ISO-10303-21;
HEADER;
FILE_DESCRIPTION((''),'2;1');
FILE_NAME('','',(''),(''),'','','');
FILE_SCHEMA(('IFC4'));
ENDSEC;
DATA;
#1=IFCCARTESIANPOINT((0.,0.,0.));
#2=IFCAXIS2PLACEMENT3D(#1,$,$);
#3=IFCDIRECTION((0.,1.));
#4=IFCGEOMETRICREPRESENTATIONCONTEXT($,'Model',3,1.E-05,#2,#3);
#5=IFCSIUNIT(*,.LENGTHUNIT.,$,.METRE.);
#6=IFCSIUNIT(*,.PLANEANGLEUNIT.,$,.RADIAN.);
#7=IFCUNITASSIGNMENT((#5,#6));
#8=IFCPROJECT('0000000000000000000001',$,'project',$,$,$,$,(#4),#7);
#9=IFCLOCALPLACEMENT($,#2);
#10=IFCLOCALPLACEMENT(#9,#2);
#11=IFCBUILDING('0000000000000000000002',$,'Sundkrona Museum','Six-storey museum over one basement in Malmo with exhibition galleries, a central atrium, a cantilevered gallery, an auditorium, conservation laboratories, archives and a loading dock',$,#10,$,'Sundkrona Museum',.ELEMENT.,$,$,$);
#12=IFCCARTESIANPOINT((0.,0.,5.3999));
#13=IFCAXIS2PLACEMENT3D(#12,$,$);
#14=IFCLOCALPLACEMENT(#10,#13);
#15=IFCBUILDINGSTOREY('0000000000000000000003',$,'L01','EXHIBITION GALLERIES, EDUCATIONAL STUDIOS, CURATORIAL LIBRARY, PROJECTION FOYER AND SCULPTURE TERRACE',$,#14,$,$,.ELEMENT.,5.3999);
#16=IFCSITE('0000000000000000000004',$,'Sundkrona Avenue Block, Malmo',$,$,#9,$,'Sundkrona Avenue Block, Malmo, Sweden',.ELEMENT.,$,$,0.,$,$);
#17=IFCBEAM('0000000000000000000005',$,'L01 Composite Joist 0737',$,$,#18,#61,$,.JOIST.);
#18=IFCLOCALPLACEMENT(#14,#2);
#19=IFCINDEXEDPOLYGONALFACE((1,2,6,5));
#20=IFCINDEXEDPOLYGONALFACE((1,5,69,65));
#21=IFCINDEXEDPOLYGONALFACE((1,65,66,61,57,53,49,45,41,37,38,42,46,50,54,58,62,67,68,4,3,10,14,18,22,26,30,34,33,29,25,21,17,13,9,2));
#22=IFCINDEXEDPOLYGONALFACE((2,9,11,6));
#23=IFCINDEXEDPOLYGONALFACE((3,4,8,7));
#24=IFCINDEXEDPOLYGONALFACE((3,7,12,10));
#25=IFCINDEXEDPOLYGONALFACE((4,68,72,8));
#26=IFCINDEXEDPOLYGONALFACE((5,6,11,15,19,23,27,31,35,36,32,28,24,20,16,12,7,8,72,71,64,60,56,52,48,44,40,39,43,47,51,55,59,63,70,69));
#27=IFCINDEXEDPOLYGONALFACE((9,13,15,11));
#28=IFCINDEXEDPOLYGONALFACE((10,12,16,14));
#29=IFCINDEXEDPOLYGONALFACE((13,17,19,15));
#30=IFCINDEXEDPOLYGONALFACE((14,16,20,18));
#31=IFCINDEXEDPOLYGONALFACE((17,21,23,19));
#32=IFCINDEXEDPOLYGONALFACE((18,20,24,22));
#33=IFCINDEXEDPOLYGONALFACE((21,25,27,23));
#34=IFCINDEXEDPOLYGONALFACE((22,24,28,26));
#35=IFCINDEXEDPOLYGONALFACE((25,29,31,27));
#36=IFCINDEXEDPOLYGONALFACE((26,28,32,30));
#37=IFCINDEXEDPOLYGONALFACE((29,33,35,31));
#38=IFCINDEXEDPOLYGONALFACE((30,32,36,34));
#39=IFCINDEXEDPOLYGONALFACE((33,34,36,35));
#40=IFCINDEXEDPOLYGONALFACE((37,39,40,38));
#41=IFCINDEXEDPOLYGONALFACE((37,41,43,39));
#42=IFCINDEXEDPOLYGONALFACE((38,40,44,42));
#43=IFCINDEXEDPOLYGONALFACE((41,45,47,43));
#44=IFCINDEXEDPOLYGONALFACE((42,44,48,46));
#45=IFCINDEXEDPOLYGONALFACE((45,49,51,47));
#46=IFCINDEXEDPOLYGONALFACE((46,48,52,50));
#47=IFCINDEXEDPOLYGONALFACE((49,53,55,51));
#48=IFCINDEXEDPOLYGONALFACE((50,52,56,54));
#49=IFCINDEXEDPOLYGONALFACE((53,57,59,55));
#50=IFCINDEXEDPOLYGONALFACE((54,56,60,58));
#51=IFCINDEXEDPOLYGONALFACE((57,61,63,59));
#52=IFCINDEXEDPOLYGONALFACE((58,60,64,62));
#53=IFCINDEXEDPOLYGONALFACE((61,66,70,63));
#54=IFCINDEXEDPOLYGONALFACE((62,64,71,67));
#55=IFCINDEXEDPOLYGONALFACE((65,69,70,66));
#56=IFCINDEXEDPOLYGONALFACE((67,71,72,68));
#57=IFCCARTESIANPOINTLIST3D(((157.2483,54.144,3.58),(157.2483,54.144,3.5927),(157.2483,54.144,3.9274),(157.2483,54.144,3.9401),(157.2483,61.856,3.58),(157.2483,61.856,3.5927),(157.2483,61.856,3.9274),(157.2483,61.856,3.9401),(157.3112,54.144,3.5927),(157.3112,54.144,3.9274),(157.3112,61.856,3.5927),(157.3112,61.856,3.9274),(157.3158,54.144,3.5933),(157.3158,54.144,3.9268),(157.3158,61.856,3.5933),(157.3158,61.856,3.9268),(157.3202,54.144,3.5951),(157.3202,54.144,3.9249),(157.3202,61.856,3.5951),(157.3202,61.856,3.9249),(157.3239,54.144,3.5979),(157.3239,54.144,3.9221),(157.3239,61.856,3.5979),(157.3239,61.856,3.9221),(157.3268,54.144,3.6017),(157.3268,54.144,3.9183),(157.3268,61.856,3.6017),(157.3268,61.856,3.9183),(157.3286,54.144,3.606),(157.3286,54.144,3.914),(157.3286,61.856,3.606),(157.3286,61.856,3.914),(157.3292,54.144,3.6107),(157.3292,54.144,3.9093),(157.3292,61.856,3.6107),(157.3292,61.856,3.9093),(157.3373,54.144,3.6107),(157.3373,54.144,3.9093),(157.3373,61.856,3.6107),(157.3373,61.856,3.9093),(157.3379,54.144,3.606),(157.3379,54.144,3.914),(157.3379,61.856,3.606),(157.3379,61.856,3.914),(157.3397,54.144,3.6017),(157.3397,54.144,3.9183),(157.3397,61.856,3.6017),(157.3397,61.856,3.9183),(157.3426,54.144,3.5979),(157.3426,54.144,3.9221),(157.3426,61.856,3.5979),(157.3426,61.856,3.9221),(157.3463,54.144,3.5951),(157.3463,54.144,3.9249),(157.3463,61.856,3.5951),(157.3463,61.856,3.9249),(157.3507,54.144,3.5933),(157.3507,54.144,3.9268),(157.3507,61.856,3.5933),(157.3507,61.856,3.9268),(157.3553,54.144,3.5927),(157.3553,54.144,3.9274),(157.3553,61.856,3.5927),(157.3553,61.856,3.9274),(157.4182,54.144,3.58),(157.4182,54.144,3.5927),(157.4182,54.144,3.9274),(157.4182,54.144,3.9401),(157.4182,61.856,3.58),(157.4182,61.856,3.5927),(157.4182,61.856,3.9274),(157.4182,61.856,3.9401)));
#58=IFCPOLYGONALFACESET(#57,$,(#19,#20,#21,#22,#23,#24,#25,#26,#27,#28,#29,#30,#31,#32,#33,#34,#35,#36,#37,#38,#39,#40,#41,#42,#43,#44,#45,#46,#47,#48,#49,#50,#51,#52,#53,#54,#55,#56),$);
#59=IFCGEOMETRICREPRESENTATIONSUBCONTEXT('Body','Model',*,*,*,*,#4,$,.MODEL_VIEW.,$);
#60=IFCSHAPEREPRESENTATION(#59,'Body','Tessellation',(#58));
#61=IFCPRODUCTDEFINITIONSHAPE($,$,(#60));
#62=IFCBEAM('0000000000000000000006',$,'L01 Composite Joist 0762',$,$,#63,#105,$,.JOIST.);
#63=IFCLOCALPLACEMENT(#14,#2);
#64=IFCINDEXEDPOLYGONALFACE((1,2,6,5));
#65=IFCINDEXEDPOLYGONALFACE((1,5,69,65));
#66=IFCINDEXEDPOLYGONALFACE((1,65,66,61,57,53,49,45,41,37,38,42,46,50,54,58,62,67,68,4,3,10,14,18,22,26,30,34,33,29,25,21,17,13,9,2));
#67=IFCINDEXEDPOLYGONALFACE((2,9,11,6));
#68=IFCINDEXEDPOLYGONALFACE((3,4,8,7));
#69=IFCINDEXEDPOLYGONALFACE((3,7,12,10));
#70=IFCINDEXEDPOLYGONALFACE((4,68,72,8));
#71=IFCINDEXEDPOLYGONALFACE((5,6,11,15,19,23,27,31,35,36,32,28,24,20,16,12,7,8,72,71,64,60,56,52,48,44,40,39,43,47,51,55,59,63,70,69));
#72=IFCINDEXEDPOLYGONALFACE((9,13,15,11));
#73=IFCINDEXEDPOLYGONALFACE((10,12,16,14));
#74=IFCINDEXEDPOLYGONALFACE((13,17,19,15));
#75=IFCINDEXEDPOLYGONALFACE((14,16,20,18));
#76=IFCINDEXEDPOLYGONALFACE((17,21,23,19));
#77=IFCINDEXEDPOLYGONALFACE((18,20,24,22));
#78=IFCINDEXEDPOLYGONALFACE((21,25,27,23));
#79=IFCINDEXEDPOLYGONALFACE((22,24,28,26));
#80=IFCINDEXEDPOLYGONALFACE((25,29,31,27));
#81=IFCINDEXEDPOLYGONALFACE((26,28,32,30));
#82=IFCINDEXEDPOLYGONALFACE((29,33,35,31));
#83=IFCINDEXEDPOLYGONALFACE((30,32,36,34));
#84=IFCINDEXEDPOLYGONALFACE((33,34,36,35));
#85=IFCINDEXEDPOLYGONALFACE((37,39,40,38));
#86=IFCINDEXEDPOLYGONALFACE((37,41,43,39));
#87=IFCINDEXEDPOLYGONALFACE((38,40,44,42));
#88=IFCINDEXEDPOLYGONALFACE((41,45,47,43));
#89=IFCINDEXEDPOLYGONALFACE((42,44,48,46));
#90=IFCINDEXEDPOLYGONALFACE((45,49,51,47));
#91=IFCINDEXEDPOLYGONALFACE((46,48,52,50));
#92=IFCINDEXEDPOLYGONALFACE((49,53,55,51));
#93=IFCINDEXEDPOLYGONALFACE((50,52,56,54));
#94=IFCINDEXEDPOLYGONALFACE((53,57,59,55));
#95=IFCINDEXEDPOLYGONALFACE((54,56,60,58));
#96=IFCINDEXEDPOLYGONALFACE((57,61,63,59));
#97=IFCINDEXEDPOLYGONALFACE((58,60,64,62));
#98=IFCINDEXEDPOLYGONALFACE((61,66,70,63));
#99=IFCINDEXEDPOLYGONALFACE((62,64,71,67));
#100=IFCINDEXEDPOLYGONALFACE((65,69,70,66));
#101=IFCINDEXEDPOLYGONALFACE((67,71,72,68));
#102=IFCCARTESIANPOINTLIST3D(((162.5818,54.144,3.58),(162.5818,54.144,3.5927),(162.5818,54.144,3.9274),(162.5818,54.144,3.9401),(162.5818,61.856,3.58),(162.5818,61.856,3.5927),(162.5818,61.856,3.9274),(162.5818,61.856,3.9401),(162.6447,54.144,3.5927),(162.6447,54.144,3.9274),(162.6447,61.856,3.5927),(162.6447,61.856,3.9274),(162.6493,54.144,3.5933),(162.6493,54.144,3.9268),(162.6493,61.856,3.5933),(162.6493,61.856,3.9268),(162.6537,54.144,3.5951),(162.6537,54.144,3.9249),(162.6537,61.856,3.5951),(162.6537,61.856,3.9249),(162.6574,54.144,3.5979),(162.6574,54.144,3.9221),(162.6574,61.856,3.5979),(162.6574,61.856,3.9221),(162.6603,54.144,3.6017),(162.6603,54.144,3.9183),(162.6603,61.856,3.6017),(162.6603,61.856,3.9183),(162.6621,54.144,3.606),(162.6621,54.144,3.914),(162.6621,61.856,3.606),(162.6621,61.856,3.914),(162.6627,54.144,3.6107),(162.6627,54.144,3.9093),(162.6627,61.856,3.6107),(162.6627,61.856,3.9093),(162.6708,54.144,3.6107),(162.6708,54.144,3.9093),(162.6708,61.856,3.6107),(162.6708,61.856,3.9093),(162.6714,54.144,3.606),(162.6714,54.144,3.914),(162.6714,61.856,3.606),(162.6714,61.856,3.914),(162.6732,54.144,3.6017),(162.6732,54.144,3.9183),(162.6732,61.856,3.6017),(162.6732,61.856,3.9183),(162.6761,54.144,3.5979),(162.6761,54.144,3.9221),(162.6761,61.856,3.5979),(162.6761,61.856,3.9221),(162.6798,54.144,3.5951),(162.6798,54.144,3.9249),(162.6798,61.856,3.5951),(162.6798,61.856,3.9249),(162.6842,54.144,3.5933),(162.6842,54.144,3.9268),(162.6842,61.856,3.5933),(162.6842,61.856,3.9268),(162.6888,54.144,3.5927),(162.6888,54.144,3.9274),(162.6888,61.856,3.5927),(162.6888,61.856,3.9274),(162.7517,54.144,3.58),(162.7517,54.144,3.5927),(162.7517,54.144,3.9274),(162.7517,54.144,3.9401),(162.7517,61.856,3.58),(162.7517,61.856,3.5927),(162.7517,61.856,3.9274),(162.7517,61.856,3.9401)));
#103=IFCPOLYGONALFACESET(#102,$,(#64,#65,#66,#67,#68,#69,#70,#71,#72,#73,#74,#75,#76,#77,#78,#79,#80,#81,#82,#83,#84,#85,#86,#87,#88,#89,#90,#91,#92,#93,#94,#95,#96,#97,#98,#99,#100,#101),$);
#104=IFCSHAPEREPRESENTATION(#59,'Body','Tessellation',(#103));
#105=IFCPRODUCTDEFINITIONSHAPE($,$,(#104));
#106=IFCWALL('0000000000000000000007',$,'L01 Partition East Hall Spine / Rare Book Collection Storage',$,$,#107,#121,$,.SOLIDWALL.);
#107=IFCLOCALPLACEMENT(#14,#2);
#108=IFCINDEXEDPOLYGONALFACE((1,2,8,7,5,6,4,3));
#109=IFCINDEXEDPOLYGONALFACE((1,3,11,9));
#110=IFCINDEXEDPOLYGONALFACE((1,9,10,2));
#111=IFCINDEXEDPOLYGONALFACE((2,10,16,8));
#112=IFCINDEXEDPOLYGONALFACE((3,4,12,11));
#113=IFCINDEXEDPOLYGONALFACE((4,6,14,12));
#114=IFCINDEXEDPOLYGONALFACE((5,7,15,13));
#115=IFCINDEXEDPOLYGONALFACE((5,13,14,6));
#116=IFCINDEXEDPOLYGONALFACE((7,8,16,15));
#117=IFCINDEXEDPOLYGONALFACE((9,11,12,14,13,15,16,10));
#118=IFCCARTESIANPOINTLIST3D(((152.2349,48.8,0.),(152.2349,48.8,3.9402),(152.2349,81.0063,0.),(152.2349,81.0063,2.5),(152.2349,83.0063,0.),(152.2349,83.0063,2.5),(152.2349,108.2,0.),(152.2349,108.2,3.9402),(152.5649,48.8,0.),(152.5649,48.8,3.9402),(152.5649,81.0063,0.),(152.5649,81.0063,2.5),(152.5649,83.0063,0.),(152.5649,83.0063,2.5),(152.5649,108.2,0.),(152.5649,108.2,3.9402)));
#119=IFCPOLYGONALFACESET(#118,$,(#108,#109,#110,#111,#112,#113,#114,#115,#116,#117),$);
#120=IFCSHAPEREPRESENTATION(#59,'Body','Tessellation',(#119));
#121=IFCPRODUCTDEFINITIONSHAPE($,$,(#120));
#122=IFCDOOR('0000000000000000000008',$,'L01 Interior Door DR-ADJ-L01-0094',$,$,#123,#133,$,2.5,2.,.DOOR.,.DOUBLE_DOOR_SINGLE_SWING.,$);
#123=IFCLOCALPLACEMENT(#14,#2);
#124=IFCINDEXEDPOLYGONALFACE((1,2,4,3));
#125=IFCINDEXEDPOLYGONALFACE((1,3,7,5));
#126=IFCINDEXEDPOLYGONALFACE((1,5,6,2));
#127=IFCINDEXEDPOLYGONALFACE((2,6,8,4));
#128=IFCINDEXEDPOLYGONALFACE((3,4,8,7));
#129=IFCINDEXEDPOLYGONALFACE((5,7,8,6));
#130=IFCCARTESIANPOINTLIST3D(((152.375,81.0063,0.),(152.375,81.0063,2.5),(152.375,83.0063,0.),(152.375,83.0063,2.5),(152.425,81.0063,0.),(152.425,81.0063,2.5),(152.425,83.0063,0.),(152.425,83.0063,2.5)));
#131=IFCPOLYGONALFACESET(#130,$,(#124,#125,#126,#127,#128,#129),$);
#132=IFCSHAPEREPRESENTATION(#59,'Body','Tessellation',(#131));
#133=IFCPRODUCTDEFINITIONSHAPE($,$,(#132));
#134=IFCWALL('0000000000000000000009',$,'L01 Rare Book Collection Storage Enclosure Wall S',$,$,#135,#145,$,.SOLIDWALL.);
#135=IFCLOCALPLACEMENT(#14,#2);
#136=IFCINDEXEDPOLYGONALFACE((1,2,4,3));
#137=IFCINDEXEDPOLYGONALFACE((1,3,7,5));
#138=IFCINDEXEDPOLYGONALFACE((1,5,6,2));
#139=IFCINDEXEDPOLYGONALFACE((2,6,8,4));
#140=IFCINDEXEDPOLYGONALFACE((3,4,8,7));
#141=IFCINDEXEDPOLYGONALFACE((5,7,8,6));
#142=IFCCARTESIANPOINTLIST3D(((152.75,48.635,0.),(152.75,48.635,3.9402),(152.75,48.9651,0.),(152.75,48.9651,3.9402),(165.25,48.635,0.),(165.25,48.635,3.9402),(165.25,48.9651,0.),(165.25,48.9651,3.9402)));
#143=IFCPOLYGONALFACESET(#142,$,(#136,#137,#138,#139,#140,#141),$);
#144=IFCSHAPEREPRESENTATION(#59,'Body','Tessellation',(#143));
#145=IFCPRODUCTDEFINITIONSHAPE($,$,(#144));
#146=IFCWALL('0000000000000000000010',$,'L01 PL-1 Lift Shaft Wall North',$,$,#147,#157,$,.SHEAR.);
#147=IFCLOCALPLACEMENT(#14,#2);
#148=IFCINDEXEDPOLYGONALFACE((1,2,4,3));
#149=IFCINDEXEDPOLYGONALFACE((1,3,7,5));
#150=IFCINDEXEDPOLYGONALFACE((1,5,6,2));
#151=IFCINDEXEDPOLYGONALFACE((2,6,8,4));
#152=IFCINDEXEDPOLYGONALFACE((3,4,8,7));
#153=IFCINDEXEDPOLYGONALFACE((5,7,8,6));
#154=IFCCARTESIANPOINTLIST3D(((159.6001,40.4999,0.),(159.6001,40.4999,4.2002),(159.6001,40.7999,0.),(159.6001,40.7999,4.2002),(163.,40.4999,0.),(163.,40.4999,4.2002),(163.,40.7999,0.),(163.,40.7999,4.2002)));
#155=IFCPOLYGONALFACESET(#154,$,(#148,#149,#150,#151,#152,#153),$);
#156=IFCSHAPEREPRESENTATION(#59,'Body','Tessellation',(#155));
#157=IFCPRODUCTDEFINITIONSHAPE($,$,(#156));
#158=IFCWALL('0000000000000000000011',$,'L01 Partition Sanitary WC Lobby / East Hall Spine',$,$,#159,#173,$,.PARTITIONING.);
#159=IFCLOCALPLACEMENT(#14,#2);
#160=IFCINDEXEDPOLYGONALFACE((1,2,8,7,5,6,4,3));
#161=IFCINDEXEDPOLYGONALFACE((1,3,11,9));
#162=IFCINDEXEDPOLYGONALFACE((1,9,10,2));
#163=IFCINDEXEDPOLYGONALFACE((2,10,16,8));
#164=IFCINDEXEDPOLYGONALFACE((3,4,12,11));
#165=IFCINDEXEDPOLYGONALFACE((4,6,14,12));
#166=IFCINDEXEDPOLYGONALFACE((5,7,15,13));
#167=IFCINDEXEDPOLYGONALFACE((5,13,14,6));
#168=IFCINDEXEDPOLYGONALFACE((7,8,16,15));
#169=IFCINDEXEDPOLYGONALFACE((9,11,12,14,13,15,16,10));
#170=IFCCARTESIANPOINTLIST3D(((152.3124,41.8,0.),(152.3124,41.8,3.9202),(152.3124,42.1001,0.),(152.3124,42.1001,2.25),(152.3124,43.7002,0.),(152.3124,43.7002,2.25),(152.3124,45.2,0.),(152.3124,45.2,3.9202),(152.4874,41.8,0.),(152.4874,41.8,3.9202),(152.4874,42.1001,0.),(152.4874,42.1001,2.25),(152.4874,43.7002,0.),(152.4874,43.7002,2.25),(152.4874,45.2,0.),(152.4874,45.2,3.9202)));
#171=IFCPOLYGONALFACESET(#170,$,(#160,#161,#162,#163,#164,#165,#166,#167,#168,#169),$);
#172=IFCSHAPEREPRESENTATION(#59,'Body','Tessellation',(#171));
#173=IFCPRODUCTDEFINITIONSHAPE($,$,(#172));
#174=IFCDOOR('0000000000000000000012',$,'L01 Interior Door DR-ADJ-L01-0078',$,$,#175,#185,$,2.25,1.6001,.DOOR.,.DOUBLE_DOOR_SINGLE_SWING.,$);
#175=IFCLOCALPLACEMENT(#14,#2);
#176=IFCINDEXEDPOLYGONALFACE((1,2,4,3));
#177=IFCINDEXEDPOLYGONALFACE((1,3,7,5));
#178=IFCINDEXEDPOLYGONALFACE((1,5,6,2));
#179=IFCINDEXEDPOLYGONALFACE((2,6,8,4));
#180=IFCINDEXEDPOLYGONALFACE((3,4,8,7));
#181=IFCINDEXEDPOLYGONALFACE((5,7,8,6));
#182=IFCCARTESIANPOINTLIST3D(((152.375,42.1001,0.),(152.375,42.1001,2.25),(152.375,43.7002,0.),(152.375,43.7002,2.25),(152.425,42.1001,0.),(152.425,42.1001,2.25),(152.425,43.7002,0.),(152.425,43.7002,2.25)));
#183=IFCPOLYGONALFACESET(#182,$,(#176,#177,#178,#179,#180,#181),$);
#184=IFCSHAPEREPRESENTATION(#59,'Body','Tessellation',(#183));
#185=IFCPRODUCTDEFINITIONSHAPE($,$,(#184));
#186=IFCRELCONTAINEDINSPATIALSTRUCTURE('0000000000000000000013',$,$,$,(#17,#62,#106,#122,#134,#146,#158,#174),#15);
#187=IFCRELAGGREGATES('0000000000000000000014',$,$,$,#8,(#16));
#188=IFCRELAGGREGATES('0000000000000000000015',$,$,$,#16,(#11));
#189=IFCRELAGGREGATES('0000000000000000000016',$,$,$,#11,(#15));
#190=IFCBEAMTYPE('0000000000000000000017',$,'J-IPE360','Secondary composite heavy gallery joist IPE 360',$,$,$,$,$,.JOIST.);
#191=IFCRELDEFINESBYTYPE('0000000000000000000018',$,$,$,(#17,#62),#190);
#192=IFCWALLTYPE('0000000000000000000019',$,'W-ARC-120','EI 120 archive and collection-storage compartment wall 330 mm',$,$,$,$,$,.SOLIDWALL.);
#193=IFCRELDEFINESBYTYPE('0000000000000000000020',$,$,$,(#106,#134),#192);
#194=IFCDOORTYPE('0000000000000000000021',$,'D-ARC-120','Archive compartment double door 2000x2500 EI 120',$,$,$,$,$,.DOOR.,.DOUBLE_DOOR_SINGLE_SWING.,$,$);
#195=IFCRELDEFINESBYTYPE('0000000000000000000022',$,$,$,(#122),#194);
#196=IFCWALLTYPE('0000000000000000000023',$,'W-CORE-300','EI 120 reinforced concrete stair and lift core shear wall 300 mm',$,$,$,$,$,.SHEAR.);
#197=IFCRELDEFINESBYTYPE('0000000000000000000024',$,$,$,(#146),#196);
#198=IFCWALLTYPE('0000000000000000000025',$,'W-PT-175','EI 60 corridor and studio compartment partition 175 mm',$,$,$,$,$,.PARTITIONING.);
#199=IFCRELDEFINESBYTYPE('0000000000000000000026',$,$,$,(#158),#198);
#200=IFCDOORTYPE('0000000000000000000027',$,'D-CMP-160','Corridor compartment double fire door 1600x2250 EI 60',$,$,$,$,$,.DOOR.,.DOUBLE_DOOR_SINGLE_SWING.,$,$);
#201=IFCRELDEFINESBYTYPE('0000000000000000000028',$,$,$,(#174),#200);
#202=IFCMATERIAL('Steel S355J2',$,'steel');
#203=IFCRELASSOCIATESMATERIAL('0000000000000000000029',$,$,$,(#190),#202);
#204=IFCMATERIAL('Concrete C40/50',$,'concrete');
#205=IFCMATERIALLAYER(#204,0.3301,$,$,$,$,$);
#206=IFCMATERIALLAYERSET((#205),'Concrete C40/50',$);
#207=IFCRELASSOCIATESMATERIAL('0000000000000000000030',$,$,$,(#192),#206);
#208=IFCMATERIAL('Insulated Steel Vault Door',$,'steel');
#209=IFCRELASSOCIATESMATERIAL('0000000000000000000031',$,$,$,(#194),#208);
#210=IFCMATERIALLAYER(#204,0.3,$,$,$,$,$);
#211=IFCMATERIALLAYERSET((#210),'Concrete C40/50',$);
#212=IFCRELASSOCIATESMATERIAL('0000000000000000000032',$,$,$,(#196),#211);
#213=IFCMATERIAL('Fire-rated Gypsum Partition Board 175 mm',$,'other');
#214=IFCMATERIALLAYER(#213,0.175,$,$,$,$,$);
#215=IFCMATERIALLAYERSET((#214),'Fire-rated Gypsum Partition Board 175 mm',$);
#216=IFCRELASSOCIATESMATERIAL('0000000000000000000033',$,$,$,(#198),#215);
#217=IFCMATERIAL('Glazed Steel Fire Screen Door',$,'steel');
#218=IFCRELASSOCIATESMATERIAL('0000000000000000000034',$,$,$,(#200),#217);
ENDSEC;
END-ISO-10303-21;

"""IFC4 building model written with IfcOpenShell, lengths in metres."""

from ifc_helpers import new_model, si_unit, direction, frame, frame_2d, origin, origin_2d, place, context, subcontext, project, spatial, rectangle, i_section, extrude, material, layer, layer_set, material_profile, profile_set, type_object, element, fill, save


model = new_model("IFC4")

# Units and contexts
model_context = context("Model", 3, precision=1e-05, world=origin(), true_north=direction((0.0, 1.0)))
body_context = subcontext(model_context, "Body", "Model", "MODEL_VIEW")
ifc_project = project(units=[si_unit("LENGTHUNIT", "METRE"), si_unit("PLANEANGLEUNIT", "RADIAN")], contexts=[model_context])

# Site, building, storey
site_placement = place(None, origin())
site = spatial("IfcSite", under=ifc_project, at=site_placement, Name="Sundkrona Avenue Block, Malmo", LongName="Sundkrona Avenue Block, Malmo, Sweden", CompositionType="ELEMENT", RefElevation=0.0)
building_placement = place(site_placement, origin())
building = spatial("IfcBuilding", under=site, at=building_placement, Name="Sundkrona Museum", Description="Six-storey museum over one basement in Malmo with exhibition galleries, a central atrium, a cantilevered gallery, an auditorium, conservation laboratories, archives and a loading dock", LongName="Sundkrona Museum", CompositionType="ELEMENT")
storey_placement = place(building_placement, frame((0.0, 0.0, 5.3999)))
storey = spatial("IfcBuildingStorey", under=building, at=storey_placement, Name="L01", Description="EXHIBITION GALLERIES, EDUCATIONAL STUDIOS, CURATORIAL LIBRARY, PROJECTION FOYER AND SCULPTURE TERRACE", CompositionType="ELEMENT", Elevation=5.3999)

# Shared definitions
ifc_material_1 = material(Name="Steel S355J2", Category="steel")

# Beams
ifc_material_profile_1 = material_profile(ifc_material_1, i_section(OverallWidth=0.1699, OverallDepth=0.3601, WebThickness=0.0081, FlangeThickness=0.0127, FilletRadius=0.0181, at=origin_2d()), Name="IPE 360")
ifc_profile_set_1 = profile_set([ifc_material_profile_1], Name="Steel S355J2")
beam_type_1 = type_object("IfcBeamType", Name="J-IPE360", Description="Secondary composite heavy gallery joist IPE 360", PredefinedType="JOIST", material=ifc_profile_set_1)
for number, where, z_axis, x_axis, name in (
    (1, (157.3333, 54.144, 3.76), (0.0, 1.0, 0.0), (-1.0, 0.0, 0.0), "L01 Composite Joist 0737"),
    (2, (162.6667, 54.144, 3.76), (0.0, 1.0, 0.0), (-1.0, 0.0, 0.0), "L01 Composite Joist 0762"),
):
    element("IfcBeam", number, at=place(storey_placement, frame(where, z_axis=z_axis, x_axis=x_axis)), inside=storey, type_object=beam_type_1, Name=name, PredefinedType="JOIST", context=body_context, shape_type="SweptSolid", body=[
        extrude(i_section(OverallWidth=0.1699, OverallDepth=0.3601, WebThickness=0.0081, FlangeThickness=0.0127, FilletRadius=0.0181, at=origin_2d()), origin(), (0.0, 0.0, 1.0), 7.7119),
    ])

# Wall, opening, door
ifc_material_2 = material(Name="Concrete C40/50", Category="concrete")
ifc_layer_1 = layer(ifc_material_2, 0.3301)
ifc_layer_set_1 = layer_set([ifc_layer_1], Name="Concrete C40/50")
wall_type_1 = type_object("IfcWallType", Name="W-ARC-120", Description="EI 120 archive and collection-storage compartment wall 330 mm", PredefinedType="SOLIDWALL", material=ifc_layer_set_1)
wall_1_placement = place(storey_placement, frame((152.3999, 48.8, 0.0), z_axis=(0.0, 0.0, 1.0), x_axis=(0.0, 1.0, 0.0)))
wall_1 = element("IfcWall", 3, at=wall_1_placement, inside=storey, type_object=wall_type_1, Name="L01 Partition East Hall Spine / Rare Book Collection Storage", PredefinedType="SOLIDWALL", context=body_context, shape_type="SweptSolid", body=[
    extrude(rectangle(XDim=59.3999, YDim=0.3301, at=frame_2d((29.7, 0.0))), origin(), (0.0, 0.0, 1.0), 3.9402),
])
opening_1_placement = place(wall_1_placement, frame((32.2063, 0.0, 0.0)))
opening_1 = element("IfcOpeningElement", 4, at=opening_1_placement, cuts=wall_1, PredefinedType="OPENING", context=body_context, shape_type="SweptSolid", body=[
    extrude(rectangle(XDim=2.0, YDim=2.5, at=frame_2d((1.0, 1.25))), frame((0.0, 0.175, 0.0), z_axis=(0.0, -1.0, 0.0), x_axis=(1.0, 0.0, 0.0)), (0.0, 0.0, 1.0), 0.3501),
])
ifc_material_3 = material(Name="Insulated Steel Vault Door", Category="steel")
door_type_1 = type_object("IfcDoorType", Name="D-ARC-120", Description="Archive compartment double door 2000x2500 EI 120", OperationType="DOUBLE_DOOR_SINGLE_SWING", PredefinedType="DOOR", material=ifc_material_3)
door_1_placement = place(opening_1_placement, origin())
door_1 = element("IfcDoor", 5, at=door_1_placement, inside=storey, type_object=door_type_1, Name="L01 Interior Door DR-ADJ-L01-0094", OperationType="DOUBLE_DOOR_SINGLE_SWING", OverallHeight=2.5, OverallWidth=2.0, PredefinedType="DOOR", context=body_context, shape_type="SweptSolid", body=[
    extrude(rectangle(XDim=2.0, YDim=2.5, at=frame_2d((1.0, 1.25))), frame((0.0, 0.0249, 0.0), z_axis=(0.0, -1.0, 0.0), x_axis=(1.0, 0.0, 0.0)), (0.0, 0.0, 1.0), 0.05),
])
fill(opening_1, door_1)

# Walls
wall_2_placement = place(storey_placement, frame((152.75, 48.8, 0.0), z_axis=(0.0, 0.0, 1.0), x_axis=(1.0, 0.0, 0.0)))
element("IfcWall", 6, at=wall_2_placement, inside=storey, type_object=wall_type_1, Name="L01 Rare Book Collection Storage Enclosure Wall S", PredefinedType="SOLIDWALL", context=body_context, shape_type="SweptSolid", body=[
    extrude(rectangle(XDim=12.5, YDim=0.3301, at=frame_2d((6.25, 0.0))), origin(), (0.0, 0.0, 1.0), 3.9402),
])
ifc_layer_2 = layer(ifc_material_2, 0.3)
ifc_layer_set_2 = layer_set([ifc_layer_2], Name="Concrete C40/50")
wall_type_2 = type_object("IfcWallType", Name="W-CORE-300", Description="EI 120 reinforced concrete stair and lift core shear wall 300 mm", PredefinedType="SHEAR", material=ifc_layer_set_2)
wall_3_placement = place(storey_placement, frame((159.6001, 40.6499, 0.0), z_axis=(0.0, 0.0, 1.0), x_axis=(1.0, 0.0, 0.0)))
element("IfcWall", 7, at=wall_3_placement, inside=storey, type_object=wall_type_2, Name="L01 PL-1 Lift Shaft Wall North", PredefinedType="SHEAR", context=body_context, shape_type="SweptSolid", body=[
    extrude(rectangle(XDim=3.3999, YDim=0.3, at=frame_2d((1.7, 0.0))), origin(), (0.0, 0.0, 1.0), 4.2002),
])

# Wall, opening, door
ifc_material_4 = material(Name="Fire-rated Gypsum Partition Board 175 mm", Category="other")
ifc_layer_3 = layer(ifc_material_4, 0.175)
ifc_layer_set_3 = layer_set([ifc_layer_3], Name="Fire-rated Gypsum Partition Board 175 mm")
wall_type_3 = type_object("IfcWallType", Name="W-PT-175", Description="EI 60 corridor and studio compartment partition 175 mm", PredefinedType="PARTITIONING", material=ifc_layer_set_3)
wall_4_placement = place(storey_placement, frame((152.3999, 41.8, 0.0), z_axis=(0.0, 0.0, 1.0), x_axis=(0.0, 1.0, 0.0)))
wall_4 = element("IfcWall", 8, at=wall_4_placement, inside=storey, type_object=wall_type_3, Name="L01 Partition Sanitary WC Lobby / East Hall Spine", PredefinedType="PARTITIONING", context=body_context, shape_type="SweptSolid", body=[
    extrude(rectangle(XDim=3.3999, YDim=0.175, at=frame_2d((1.7, 0.0))), origin(), (0.0, 0.0, 1.0), 3.9202),
])
opening_2_placement = place(wall_4_placement, frame((0.3, 0.0, 0.0)))
opening_2 = element("IfcOpeningElement", 9, at=opening_2_placement, cuts=wall_4, PredefinedType="OPENING", context=body_context, shape_type="SweptSolid", body=[
    extrude(rectangle(XDim=1.6001, YDim=2.25, at=frame_2d((0.8, 1.125))), frame((0.0, 0.0974, 0.0), z_axis=(0.0, -1.0, 0.0), x_axis=(1.0, 0.0, 0.0)), (0.0, 0.0, 1.0), 0.1951),
])
ifc_material_5 = material(Name="Glazed Steel Fire Screen Door", Category="steel")
door_type_2 = type_object("IfcDoorType", Name="D-CMP-160", Description="Corridor compartment double fire door 1600x2250 EI 60", OperationType="DOUBLE_DOOR_SINGLE_SWING", PredefinedType="DOOR", material=ifc_material_5)
door_2_placement = place(opening_2_placement, origin())
door_2 = element("IfcDoor", 10, at=door_2_placement, inside=storey, type_object=door_type_2, Name="L01 Interior Door DR-ADJ-L01-0078", OperationType="DOUBLE_DOOR_SINGLE_SWING", OverallHeight=2.25, OverallWidth=1.6001, PredefinedType="DOOR", context=body_context, shape_type="SweptSolid", body=[
    extrude(rectangle(XDim=1.6001, YDim=2.25, at=frame_2d((0.8, 1.125))), frame((0.0, 0.0249, 0.0), z_axis=(0.0, -1.0, 0.0), x_axis=(1.0, 0.0, 0.0)), (0.0, 0.0, 1.0), 0.05),
])
fill(opening_2, door_2)

save(model, "model.ifc")
